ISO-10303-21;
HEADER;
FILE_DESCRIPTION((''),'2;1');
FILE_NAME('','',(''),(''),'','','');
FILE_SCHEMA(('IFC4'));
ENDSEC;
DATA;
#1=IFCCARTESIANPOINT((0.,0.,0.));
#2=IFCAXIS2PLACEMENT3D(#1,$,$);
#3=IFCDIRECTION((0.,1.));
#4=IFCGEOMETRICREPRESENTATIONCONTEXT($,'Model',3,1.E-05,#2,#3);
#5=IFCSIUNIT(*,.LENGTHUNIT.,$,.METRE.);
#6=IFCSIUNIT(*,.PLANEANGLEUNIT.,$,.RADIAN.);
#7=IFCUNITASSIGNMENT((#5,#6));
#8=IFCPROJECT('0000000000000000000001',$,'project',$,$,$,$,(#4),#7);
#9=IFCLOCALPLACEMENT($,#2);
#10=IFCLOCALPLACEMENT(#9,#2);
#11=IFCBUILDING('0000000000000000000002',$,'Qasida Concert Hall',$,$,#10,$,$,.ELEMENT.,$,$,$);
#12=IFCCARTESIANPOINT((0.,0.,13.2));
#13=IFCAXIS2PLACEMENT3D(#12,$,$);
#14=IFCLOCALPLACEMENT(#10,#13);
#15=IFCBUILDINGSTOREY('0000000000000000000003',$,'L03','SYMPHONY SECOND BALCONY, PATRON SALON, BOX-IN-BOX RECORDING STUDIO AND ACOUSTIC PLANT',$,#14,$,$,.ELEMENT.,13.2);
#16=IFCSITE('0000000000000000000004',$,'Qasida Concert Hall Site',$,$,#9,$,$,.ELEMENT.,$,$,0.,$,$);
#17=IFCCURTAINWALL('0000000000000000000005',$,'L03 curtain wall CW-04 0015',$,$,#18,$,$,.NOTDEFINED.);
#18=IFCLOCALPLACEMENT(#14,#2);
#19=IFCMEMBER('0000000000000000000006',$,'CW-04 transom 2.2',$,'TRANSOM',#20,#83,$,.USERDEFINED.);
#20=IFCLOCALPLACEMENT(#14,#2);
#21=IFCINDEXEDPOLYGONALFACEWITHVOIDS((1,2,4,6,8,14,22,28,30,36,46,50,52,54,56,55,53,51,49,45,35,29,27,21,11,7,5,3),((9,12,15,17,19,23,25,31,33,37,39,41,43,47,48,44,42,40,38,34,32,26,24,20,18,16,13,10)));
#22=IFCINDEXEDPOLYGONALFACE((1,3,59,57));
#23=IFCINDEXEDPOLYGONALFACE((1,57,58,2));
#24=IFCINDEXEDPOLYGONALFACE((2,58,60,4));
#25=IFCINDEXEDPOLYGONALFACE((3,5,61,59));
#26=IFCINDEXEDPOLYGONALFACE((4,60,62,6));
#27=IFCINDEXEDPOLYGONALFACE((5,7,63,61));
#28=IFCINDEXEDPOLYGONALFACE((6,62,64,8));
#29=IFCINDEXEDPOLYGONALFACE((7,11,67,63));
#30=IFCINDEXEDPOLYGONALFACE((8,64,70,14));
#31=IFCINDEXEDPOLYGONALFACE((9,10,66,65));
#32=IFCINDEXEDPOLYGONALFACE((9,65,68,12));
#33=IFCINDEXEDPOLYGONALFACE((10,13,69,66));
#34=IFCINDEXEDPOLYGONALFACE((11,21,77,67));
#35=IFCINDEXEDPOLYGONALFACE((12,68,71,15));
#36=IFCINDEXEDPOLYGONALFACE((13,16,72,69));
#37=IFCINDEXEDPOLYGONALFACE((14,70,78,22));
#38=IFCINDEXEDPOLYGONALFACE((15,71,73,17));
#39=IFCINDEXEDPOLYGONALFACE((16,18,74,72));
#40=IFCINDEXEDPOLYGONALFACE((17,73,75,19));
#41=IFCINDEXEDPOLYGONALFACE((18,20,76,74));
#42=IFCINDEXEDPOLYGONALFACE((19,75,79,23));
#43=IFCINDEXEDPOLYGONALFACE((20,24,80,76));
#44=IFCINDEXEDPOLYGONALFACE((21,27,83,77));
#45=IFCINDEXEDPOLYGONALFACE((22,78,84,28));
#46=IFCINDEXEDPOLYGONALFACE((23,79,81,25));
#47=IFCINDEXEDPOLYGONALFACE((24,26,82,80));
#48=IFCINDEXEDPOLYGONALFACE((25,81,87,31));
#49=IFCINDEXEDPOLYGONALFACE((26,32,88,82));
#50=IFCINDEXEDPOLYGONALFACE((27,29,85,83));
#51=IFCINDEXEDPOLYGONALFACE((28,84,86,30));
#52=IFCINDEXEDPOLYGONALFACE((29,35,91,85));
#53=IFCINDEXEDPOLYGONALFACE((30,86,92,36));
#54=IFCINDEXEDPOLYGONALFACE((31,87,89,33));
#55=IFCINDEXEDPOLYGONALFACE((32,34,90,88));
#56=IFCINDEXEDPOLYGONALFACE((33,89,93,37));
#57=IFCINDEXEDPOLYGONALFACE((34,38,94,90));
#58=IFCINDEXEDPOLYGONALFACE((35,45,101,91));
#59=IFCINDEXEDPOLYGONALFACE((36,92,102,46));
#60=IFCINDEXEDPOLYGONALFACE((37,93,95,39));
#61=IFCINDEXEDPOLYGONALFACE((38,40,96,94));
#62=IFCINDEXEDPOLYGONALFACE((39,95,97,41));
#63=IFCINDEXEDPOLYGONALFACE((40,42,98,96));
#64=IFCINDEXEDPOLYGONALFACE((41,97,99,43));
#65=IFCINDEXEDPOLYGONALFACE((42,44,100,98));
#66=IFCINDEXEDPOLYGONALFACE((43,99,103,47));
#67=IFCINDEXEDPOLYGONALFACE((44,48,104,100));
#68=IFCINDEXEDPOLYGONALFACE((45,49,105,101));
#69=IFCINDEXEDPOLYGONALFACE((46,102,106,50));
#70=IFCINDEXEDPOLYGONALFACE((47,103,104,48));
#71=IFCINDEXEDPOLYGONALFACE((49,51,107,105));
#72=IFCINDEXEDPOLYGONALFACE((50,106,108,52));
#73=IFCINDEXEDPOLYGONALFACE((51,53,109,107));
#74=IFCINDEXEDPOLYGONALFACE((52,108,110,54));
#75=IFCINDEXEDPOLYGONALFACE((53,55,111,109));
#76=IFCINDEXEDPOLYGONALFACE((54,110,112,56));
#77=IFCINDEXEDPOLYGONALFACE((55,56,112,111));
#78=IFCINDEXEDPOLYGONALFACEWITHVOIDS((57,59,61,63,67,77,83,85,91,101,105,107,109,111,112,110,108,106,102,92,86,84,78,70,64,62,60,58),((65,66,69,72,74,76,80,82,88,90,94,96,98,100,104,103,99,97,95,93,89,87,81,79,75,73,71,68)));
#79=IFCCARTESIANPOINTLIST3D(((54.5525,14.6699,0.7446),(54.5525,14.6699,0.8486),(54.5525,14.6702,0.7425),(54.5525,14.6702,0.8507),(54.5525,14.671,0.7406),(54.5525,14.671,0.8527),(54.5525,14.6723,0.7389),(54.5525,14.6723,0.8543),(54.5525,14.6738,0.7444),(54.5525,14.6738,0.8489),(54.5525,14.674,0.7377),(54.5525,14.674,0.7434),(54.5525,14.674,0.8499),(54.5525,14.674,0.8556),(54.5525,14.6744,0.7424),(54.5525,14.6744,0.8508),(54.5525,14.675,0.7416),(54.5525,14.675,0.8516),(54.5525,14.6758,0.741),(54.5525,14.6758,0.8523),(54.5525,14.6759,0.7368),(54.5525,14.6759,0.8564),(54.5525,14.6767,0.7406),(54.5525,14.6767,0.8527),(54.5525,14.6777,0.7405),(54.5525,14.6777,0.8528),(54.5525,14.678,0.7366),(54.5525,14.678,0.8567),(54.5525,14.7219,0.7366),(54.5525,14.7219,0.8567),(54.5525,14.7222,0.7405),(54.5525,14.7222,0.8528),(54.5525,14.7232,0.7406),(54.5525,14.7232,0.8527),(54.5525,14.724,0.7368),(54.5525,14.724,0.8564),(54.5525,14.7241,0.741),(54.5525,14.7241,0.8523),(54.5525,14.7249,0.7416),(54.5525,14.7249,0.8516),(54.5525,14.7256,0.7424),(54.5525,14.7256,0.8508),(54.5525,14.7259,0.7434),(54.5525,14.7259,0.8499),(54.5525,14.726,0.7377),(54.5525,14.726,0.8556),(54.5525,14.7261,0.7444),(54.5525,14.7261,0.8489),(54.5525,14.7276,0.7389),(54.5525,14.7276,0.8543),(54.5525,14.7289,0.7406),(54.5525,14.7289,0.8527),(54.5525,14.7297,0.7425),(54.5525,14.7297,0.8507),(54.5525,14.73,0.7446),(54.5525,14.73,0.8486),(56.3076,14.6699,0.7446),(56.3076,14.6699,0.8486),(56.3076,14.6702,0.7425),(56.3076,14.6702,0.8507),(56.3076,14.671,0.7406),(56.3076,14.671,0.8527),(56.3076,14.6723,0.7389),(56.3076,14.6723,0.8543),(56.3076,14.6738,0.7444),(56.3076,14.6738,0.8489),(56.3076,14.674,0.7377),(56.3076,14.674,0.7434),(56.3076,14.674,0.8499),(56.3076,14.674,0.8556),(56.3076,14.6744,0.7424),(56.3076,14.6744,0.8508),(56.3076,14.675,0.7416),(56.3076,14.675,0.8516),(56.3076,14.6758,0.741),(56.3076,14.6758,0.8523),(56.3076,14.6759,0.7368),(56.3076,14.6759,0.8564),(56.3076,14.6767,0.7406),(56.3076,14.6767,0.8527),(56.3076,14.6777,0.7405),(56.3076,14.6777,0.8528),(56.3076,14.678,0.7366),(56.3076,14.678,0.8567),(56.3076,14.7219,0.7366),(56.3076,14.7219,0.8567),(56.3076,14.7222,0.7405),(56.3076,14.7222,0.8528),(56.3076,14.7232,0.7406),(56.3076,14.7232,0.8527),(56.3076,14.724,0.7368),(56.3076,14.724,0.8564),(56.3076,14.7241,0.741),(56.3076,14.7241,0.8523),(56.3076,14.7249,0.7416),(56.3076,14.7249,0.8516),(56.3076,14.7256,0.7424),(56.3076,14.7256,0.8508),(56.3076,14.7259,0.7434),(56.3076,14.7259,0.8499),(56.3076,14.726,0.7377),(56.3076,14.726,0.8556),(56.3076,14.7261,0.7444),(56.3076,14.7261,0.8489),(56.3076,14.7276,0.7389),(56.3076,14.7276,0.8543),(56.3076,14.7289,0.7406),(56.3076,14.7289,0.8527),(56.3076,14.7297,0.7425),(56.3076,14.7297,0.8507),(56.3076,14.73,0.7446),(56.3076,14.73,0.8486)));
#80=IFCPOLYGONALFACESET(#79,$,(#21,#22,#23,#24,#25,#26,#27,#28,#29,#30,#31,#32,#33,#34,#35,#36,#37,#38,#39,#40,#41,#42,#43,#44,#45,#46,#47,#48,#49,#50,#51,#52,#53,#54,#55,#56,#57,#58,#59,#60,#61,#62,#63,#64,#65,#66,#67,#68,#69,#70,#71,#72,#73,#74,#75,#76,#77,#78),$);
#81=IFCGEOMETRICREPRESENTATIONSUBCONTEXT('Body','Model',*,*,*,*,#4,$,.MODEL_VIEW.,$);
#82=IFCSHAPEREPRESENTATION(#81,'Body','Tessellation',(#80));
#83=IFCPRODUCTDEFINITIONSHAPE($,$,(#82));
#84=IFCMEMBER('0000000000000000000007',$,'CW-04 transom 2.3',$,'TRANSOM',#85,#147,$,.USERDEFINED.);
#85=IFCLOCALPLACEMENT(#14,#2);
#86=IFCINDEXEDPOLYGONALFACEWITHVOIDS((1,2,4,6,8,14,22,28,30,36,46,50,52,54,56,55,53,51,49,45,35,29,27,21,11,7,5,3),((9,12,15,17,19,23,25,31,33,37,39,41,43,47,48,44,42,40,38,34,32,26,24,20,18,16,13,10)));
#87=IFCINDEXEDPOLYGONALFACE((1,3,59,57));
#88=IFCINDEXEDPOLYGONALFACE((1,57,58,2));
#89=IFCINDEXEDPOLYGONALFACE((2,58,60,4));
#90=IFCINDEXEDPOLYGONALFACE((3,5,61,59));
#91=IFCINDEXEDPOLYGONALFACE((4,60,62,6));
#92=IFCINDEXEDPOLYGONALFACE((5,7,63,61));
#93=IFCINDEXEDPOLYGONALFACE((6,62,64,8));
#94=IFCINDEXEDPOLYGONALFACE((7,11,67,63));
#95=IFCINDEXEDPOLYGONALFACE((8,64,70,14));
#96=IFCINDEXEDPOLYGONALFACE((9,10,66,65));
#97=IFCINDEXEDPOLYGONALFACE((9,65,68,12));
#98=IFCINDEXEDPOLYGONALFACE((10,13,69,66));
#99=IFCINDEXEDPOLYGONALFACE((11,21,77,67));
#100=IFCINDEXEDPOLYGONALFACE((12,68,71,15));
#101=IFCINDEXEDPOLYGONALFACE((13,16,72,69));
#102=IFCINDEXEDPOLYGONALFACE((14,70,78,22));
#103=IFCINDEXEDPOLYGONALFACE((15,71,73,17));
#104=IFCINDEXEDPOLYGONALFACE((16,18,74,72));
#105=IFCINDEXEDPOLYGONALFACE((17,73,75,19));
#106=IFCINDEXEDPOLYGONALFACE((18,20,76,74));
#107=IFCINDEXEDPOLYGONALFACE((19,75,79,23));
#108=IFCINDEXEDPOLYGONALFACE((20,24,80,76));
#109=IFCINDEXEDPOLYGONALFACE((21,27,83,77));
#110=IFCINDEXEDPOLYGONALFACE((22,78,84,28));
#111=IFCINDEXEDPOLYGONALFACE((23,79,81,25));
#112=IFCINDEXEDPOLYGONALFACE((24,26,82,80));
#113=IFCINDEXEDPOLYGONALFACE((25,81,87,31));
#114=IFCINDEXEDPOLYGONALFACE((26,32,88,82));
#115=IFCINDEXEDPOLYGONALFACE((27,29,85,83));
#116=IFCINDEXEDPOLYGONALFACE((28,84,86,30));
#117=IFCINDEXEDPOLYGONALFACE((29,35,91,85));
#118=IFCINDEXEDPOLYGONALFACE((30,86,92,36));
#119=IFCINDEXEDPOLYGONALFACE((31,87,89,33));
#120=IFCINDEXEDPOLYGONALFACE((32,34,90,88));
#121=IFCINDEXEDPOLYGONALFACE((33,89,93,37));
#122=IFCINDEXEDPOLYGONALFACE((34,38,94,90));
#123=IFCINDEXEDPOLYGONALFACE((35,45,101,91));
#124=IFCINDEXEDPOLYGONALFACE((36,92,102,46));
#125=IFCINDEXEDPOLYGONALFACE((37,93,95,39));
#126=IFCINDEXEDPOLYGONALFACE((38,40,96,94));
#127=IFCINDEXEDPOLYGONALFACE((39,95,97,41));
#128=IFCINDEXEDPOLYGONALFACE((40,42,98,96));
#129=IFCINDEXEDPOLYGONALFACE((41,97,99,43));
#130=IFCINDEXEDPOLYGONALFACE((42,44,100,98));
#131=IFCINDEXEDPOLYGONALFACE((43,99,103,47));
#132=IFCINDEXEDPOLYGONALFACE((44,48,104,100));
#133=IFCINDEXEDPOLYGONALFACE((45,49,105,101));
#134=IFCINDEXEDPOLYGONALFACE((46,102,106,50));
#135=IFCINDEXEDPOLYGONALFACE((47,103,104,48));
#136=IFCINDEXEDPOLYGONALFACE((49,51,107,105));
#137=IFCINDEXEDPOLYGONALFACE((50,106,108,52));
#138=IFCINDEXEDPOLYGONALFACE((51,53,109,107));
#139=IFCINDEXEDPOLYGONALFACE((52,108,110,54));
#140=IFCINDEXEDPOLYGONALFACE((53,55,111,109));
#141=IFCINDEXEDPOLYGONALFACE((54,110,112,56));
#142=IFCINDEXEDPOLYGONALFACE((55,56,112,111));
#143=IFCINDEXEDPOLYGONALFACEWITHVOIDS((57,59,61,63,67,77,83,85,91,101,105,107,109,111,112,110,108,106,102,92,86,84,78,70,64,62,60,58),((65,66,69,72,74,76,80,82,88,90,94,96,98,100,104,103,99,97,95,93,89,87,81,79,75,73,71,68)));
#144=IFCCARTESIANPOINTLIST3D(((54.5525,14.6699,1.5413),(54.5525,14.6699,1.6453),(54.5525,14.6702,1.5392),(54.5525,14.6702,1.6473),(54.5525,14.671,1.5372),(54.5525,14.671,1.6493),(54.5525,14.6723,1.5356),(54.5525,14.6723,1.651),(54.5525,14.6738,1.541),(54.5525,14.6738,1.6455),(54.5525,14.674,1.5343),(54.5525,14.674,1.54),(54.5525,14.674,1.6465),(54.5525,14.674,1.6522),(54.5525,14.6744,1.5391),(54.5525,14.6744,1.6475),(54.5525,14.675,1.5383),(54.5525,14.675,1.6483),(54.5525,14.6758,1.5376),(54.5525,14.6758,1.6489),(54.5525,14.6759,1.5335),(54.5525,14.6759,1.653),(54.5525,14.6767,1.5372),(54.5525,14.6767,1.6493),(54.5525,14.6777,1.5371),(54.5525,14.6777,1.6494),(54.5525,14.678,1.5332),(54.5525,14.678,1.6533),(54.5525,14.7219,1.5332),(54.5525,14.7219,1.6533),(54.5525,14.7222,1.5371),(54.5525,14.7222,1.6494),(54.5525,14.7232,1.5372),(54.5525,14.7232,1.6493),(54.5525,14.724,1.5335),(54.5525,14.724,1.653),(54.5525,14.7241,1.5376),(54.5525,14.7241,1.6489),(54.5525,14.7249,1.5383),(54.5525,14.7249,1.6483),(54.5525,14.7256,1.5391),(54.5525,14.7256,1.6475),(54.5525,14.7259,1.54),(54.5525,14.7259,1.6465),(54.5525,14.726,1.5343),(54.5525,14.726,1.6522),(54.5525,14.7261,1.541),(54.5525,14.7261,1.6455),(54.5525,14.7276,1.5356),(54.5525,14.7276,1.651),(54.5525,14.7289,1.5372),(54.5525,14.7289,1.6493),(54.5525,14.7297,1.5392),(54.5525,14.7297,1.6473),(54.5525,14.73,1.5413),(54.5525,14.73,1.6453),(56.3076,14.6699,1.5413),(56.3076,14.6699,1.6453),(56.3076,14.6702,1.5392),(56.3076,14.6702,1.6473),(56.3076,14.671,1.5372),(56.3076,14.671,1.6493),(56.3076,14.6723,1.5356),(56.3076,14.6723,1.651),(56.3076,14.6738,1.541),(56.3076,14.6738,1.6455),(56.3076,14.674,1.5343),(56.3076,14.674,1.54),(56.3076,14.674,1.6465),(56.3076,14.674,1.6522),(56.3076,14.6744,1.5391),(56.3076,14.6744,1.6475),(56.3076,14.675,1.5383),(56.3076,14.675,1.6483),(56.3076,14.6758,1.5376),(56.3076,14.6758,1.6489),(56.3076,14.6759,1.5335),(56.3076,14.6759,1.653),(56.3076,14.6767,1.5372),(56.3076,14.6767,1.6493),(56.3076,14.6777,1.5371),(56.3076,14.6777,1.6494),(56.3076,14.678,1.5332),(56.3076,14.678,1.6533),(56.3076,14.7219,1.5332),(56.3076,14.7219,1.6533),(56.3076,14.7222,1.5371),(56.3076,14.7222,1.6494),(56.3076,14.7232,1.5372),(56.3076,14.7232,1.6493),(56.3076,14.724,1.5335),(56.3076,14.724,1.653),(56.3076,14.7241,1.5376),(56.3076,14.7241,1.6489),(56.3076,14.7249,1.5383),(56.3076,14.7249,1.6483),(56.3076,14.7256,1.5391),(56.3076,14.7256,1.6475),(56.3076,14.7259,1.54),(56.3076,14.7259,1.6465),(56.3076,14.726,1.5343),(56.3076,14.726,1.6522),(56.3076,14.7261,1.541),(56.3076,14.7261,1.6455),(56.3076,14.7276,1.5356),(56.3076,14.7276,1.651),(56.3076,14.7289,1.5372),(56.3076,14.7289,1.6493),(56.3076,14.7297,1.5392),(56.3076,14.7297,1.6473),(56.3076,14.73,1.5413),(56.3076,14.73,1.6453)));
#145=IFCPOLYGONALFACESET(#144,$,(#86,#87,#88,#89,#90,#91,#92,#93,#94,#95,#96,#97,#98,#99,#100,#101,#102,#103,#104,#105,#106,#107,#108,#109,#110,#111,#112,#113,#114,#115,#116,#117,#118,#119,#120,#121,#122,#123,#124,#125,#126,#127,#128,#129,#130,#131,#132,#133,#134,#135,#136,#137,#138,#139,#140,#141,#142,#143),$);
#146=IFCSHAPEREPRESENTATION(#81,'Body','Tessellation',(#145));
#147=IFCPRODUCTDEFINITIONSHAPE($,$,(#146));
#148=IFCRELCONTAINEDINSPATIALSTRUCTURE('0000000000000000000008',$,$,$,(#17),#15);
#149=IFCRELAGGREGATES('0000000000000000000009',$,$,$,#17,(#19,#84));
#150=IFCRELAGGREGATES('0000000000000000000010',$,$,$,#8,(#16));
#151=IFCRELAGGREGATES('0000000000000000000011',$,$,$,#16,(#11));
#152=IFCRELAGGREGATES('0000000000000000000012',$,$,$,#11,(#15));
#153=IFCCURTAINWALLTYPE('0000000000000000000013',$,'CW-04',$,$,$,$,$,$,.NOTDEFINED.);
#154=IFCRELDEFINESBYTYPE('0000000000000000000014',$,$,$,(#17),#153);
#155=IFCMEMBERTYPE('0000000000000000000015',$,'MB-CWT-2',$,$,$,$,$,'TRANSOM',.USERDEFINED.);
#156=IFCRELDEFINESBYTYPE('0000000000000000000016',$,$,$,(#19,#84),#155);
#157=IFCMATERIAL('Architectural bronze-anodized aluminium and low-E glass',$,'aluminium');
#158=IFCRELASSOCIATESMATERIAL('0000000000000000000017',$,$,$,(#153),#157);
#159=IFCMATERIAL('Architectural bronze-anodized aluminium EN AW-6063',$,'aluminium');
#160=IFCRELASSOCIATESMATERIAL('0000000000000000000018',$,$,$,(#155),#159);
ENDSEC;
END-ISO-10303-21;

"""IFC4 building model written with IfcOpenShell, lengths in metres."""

from ifc_helpers import new_model, si_unit, direction, frame, origin, origin_2d, place, context, subcontext, project, spatial, hollow_rectangle, extrude, material, material_profile, profile_set, type_object, element, aggregate, save


model = new_model("IFC4")

# Units and contexts
model_context = context("Model", 3, precision=1e-05, world=origin(), true_north=direction((0.0, 1.0)))
body_context = subcontext(model_context, "Body", "Model", "MODEL_VIEW")
ifc_project = project(units=[si_unit("LENGTHUNIT", "METRE"), si_unit("PLANEANGLEUNIT", "RADIAN")], contexts=[model_context])

# Site, building, storey
site_placement = place(None, origin())
site = spatial("IfcSite", under=ifc_project, at=site_placement, Name="Qasida Concert Hall Site", CompositionType="ELEMENT", RefElevation=0.0)
building_placement = place(site_placement, origin())
building = spatial("IfcBuilding", under=site, at=building_placement, Name="Qasida Concert Hall", CompositionType="ELEMENT")
storey_placement = place(building_placement, frame((0.0, 0.0, 13.2)))
storey = spatial("IfcBuildingStorey", under=building, at=storey_placement, Name="L03", Description="SYMPHONY SECOND BALCONY, PATRON SALON, BOX-IN-BOX RECORDING STUDIO AND ACOUSTIC PLANT", CompositionType="ELEMENT", Elevation=13.2)

# Curtain wall, members
ifc_material_1 = material(Name="Architectural bronze-anodized aluminium and low-E glass", Category="aluminium")
curtain_wall_type = type_object("IfcCurtainWallType", Name="CW-04", PredefinedType="NOTDEFINED", material=ifc_material_1)
curtain_wall_placement = place(storey_placement, origin())
curtain_wall = element("IfcCurtainWall", 1, at=curtain_wall_placement, inside=storey, type_object=curtain_wall_type, Name="L03 curtain wall CW-04 0015", PredefinedType="NOTDEFINED")
ifc_material_2 = material(Name="Architectural bronze-anodized aluminium EN AW-6063", Category="aluminium")
ifc_material_profile_1 = material_profile(ifc_material_2, hollow_rectangle(XDim=0.0601, YDim=0.1201, WallThickness=0.0039, InnerFilletRadius=0.0039, OuterFilletRadius=0.0081, at=origin_2d()), Name="CWT 120x60x4")
ifc_profile_set_1 = profile_set([ifc_material_profile_1], Name="Architectural bronze-anodized aluminium EN AW-6063")
member_type_1 = type_object("IfcMemberType", Name="MB-CWT-2", ElementType="TRANSOM", PredefinedType="USERDEFINED", material=ifc_profile_set_1)
member_1_placement = place(storey_placement, frame((54.5525, 14.7, 0.7966), z_axis=(1.0, 0.0, 0.0), x_axis=(0.0, 1.0, 0.0)))
member_1 = element("IfcMember", 2, at=member_1_placement, type_object=member_type_1, Name="CW-04 transom 2.2", ObjectType="TRANSOM", PredefinedType="USERDEFINED", context=body_context, shape_type="SweptSolid", body=[
    extrude(hollow_rectangle(XDim=0.0601, YDim=0.1201, WallThickness=0.0039, InnerFilletRadius=0.0039, OuterFilletRadius=0.0081, at=origin_2d()), origin(), (0.0, 0.0, 1.0), 1.7551),
])
member_2_placement = place(storey_placement, frame((54.5525, 14.7, 1.5933), z_axis=(1.0, 0.0, 0.0), x_axis=(0.0, 1.0, 0.0)))
member_2 = element("IfcMember", 3, at=member_2_placement, type_object=member_type_1, Name="CW-04 transom 2.3", ObjectType="TRANSOM", PredefinedType="USERDEFINED", context=body_context, shape_type="SweptSolid", body=[
    extrude(hollow_rectangle(XDim=0.0601, YDim=0.1201, WallThickness=0.0039, InnerFilletRadius=0.0039, OuterFilletRadius=0.0081, at=origin_2d()), origin(), (0.0, 0.0, 1.0), 1.7551),
])

aggregate(curtain_wall, [member_1, member_2])

save(model, "model.ifc")
